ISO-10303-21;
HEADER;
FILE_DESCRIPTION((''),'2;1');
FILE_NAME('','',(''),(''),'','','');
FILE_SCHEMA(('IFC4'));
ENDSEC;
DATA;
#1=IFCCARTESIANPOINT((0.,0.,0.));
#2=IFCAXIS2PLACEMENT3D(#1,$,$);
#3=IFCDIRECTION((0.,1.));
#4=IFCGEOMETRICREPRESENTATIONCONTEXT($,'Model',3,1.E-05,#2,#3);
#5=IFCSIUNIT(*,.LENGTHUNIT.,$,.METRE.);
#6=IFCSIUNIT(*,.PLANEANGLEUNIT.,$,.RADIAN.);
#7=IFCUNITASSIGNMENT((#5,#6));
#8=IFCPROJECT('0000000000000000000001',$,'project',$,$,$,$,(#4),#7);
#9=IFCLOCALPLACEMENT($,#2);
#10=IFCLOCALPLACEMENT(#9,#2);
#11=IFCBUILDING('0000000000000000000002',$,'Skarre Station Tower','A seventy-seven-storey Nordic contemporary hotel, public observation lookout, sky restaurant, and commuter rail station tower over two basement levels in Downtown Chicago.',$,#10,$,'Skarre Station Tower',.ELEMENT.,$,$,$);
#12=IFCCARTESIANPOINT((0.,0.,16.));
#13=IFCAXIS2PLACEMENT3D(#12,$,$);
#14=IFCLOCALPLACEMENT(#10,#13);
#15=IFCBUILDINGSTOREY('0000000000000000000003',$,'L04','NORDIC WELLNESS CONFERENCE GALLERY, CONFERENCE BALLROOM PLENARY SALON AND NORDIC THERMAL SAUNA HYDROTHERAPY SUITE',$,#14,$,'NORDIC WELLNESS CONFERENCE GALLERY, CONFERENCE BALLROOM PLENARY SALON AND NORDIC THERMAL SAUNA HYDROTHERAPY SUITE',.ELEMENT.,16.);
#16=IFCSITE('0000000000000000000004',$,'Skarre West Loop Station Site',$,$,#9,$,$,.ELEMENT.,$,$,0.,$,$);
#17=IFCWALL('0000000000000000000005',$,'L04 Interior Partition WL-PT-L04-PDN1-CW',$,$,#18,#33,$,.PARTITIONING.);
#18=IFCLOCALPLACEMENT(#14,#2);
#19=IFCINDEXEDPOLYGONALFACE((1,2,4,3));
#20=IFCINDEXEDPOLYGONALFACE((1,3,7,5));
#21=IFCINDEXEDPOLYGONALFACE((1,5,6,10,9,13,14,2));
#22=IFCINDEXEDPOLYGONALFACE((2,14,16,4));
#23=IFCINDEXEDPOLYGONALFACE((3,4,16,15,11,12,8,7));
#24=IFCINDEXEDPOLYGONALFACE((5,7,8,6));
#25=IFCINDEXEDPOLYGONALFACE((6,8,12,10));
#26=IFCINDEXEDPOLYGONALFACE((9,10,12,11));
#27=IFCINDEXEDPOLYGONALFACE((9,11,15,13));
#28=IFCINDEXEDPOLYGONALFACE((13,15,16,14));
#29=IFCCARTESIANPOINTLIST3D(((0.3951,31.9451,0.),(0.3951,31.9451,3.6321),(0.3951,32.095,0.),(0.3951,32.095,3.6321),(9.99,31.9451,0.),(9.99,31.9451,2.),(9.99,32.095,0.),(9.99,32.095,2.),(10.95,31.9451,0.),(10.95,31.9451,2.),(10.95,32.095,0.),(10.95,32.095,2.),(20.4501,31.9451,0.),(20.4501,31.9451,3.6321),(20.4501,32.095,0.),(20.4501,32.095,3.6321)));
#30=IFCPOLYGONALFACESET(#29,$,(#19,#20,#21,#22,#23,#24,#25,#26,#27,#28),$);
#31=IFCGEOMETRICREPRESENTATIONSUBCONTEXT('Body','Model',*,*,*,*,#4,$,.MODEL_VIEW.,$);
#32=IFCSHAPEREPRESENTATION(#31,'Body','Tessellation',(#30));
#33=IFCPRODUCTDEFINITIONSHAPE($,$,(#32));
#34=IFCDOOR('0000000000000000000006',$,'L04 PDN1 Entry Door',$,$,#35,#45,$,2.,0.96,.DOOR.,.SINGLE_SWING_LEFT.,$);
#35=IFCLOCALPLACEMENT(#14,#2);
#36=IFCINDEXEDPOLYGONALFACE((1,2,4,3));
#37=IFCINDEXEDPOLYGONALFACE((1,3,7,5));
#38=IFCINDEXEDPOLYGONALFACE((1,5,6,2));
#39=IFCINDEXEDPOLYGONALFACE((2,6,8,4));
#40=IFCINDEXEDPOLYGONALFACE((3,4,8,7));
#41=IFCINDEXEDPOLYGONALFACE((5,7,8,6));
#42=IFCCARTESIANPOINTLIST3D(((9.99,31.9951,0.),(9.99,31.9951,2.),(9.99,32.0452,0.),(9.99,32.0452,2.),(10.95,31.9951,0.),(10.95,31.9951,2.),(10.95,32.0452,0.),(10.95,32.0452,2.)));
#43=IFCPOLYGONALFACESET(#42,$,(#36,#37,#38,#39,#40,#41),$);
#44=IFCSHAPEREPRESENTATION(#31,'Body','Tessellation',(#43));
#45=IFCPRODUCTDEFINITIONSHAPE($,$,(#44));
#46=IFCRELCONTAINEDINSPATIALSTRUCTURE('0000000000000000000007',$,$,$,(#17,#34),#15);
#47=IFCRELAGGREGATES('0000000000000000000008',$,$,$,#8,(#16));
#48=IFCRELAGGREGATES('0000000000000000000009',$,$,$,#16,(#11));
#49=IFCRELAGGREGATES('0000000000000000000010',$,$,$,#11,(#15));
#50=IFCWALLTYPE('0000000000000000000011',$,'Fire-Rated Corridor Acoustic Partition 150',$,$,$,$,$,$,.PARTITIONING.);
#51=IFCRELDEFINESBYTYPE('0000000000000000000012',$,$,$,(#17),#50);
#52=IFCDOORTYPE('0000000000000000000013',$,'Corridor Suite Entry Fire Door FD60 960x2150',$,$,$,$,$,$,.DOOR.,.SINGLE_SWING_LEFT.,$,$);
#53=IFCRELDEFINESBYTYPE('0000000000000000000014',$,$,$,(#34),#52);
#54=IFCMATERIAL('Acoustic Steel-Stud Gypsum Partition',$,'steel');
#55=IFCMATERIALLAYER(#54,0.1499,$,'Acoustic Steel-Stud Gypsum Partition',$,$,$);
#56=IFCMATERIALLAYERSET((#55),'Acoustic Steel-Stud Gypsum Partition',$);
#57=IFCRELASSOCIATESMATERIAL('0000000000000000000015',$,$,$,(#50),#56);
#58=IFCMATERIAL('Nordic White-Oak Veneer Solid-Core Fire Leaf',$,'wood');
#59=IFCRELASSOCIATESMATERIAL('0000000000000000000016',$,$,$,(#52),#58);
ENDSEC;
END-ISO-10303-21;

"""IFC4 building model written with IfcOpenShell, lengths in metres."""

from ifc_helpers import new_model, si_unit, direction, frame, frame_2d, origin, place, context, subcontext, project, spatial, rectangle, extrude, material, layer, layer_set, type_object, element, fill, save


model = new_model("IFC4")

# Units and contexts
model_context = context("Model", 3, precision=1e-05, world=origin(), true_north=direction((0.0, 1.0)))
body_context = subcontext(model_context, "Body", "Model", "MODEL_VIEW")
ifc_project = project(units=[si_unit("LENGTHUNIT", "METRE"), si_unit("PLANEANGLEUNIT", "RADIAN")], contexts=[model_context])

# Site, building, storey
site_placement = place(None, origin())
site = spatial("IfcSite", under=ifc_project, at=site_placement, Name="Skarre West Loop Station Site", CompositionType="ELEMENT", RefElevation=0.0)
building_placement = place(site_placement, origin())
building = spatial("IfcBuilding", under=site, at=building_placement, Name="Skarre Station Tower", Description="A seventy-seven-storey Nordic contemporary hotel, public observation lookout, sky restaurant, and commuter rail station tower over two basement levels in Downtown Chicago.", LongName="Skarre Station Tower", CompositionType="ELEMENT")
storey_placement = place(building_placement, frame((0.0, 0.0, 16.0)))
storey = spatial("IfcBuildingStorey", under=building, at=storey_placement, Name="L04", Description="NORDIC WELLNESS CONFERENCE GALLERY, CONFERENCE BALLROOM PLENARY SALON AND NORDIC THERMAL SAUNA HYDROTHERAPY SUITE", LongName="NORDIC WELLNESS CONFERENCE GALLERY, CONFERENCE BALLROOM PLENARY SALON AND NORDIC THERMAL SAUNA HYDROTHERAPY SUITE", CompositionType="ELEMENT", Elevation=16.0)

# Wall, opening, door
ifc_material_1 = material(Name="Acoustic Steel-Stud Gypsum Partition", Category="steel")
ifc_layer_1 = layer(ifc_material_1, 0.1499, Name="Acoustic Steel-Stud Gypsum Partition")
ifc_layer_set_1 = layer_set([ifc_layer_1], Name="Acoustic Steel-Stud Gypsum Partition")
wall_type_1 = type_object("IfcWallType", Name="Fire-Rated Corridor Acoustic Partition 150", PredefinedType="PARTITIONING", material=ifc_layer_set_1)
wall_1_placement = place(storey_placement, frame((20.45, 32.02, 0.0), z_axis=(0.0, 0.0, 1.0), x_axis=(-1.0, 0.0, 0.0)))
wall_1 = element("IfcWall", 1, at=wall_1_placement, inside=storey, type_object=wall_type_1, Name="L04 Interior Partition WL-PT-L04-PDN1-CW", PredefinedType="PARTITIONING", context=body_context, shape_type="SweptSolid", body=[
    extrude(rectangle(XDim=20.0549, YDim=0.1499, at=frame_2d((10.0273, 0.0))), origin(), (0.0, 0.0, 1.0), 3.6321),
])
opening_1_placement = place(wall_1_placement, frame((9.5, 0.0, 0.0)))
opening_1 = element("IfcOpeningElement", 2, at=opening_1_placement, cuts=wall_1, PredefinedType="OPENING", context=body_context, shape_type="SweptSolid", body=[
    extrude(rectangle(XDim=0.96, YDim=2.0, at=frame_2d((0.48, 1.0))), frame((0.0, 0.085, 0.0), z_axis=(0.0, -1.0, 0.0), x_axis=(1.0, 0.0, 0.0)), (0.0, 0.0, 1.0), 0.1699),
])
ifc_material_2 = material(Name="Nordic White-Oak Veneer Solid-Core Fire Leaf", Category="wood")
door_type = type_object("IfcDoorType", Name="Corridor Suite Entry Fire Door FD60 960x2150", OperationType="SINGLE_SWING_LEFT", PredefinedType="DOOR", material=ifc_material_2)
door_placement = place(opening_1_placement, origin())
door = element("IfcDoor", 3, at=door_placement, inside=storey, type_object=door_type, Name="L04 PDN1 Entry Door", OperationType="SINGLE_SWING_LEFT", OverallHeight=2.0, OverallWidth=0.96, PredefinedType="DOOR", context=body_context, shape_type="SweptSolid", body=[
    extrude(rectangle(XDim=0.96, YDim=2.0, at=frame_2d((0.48, 1.0))), frame((0.0, 0.0249, 0.0), z_axis=(0.0, -1.0, 0.0), x_axis=(1.0, 0.0, 0.0)), (0.0, 0.0, 1.0), 0.05),
])
fill(opening_1, door)

save(model, "model.ifc")
